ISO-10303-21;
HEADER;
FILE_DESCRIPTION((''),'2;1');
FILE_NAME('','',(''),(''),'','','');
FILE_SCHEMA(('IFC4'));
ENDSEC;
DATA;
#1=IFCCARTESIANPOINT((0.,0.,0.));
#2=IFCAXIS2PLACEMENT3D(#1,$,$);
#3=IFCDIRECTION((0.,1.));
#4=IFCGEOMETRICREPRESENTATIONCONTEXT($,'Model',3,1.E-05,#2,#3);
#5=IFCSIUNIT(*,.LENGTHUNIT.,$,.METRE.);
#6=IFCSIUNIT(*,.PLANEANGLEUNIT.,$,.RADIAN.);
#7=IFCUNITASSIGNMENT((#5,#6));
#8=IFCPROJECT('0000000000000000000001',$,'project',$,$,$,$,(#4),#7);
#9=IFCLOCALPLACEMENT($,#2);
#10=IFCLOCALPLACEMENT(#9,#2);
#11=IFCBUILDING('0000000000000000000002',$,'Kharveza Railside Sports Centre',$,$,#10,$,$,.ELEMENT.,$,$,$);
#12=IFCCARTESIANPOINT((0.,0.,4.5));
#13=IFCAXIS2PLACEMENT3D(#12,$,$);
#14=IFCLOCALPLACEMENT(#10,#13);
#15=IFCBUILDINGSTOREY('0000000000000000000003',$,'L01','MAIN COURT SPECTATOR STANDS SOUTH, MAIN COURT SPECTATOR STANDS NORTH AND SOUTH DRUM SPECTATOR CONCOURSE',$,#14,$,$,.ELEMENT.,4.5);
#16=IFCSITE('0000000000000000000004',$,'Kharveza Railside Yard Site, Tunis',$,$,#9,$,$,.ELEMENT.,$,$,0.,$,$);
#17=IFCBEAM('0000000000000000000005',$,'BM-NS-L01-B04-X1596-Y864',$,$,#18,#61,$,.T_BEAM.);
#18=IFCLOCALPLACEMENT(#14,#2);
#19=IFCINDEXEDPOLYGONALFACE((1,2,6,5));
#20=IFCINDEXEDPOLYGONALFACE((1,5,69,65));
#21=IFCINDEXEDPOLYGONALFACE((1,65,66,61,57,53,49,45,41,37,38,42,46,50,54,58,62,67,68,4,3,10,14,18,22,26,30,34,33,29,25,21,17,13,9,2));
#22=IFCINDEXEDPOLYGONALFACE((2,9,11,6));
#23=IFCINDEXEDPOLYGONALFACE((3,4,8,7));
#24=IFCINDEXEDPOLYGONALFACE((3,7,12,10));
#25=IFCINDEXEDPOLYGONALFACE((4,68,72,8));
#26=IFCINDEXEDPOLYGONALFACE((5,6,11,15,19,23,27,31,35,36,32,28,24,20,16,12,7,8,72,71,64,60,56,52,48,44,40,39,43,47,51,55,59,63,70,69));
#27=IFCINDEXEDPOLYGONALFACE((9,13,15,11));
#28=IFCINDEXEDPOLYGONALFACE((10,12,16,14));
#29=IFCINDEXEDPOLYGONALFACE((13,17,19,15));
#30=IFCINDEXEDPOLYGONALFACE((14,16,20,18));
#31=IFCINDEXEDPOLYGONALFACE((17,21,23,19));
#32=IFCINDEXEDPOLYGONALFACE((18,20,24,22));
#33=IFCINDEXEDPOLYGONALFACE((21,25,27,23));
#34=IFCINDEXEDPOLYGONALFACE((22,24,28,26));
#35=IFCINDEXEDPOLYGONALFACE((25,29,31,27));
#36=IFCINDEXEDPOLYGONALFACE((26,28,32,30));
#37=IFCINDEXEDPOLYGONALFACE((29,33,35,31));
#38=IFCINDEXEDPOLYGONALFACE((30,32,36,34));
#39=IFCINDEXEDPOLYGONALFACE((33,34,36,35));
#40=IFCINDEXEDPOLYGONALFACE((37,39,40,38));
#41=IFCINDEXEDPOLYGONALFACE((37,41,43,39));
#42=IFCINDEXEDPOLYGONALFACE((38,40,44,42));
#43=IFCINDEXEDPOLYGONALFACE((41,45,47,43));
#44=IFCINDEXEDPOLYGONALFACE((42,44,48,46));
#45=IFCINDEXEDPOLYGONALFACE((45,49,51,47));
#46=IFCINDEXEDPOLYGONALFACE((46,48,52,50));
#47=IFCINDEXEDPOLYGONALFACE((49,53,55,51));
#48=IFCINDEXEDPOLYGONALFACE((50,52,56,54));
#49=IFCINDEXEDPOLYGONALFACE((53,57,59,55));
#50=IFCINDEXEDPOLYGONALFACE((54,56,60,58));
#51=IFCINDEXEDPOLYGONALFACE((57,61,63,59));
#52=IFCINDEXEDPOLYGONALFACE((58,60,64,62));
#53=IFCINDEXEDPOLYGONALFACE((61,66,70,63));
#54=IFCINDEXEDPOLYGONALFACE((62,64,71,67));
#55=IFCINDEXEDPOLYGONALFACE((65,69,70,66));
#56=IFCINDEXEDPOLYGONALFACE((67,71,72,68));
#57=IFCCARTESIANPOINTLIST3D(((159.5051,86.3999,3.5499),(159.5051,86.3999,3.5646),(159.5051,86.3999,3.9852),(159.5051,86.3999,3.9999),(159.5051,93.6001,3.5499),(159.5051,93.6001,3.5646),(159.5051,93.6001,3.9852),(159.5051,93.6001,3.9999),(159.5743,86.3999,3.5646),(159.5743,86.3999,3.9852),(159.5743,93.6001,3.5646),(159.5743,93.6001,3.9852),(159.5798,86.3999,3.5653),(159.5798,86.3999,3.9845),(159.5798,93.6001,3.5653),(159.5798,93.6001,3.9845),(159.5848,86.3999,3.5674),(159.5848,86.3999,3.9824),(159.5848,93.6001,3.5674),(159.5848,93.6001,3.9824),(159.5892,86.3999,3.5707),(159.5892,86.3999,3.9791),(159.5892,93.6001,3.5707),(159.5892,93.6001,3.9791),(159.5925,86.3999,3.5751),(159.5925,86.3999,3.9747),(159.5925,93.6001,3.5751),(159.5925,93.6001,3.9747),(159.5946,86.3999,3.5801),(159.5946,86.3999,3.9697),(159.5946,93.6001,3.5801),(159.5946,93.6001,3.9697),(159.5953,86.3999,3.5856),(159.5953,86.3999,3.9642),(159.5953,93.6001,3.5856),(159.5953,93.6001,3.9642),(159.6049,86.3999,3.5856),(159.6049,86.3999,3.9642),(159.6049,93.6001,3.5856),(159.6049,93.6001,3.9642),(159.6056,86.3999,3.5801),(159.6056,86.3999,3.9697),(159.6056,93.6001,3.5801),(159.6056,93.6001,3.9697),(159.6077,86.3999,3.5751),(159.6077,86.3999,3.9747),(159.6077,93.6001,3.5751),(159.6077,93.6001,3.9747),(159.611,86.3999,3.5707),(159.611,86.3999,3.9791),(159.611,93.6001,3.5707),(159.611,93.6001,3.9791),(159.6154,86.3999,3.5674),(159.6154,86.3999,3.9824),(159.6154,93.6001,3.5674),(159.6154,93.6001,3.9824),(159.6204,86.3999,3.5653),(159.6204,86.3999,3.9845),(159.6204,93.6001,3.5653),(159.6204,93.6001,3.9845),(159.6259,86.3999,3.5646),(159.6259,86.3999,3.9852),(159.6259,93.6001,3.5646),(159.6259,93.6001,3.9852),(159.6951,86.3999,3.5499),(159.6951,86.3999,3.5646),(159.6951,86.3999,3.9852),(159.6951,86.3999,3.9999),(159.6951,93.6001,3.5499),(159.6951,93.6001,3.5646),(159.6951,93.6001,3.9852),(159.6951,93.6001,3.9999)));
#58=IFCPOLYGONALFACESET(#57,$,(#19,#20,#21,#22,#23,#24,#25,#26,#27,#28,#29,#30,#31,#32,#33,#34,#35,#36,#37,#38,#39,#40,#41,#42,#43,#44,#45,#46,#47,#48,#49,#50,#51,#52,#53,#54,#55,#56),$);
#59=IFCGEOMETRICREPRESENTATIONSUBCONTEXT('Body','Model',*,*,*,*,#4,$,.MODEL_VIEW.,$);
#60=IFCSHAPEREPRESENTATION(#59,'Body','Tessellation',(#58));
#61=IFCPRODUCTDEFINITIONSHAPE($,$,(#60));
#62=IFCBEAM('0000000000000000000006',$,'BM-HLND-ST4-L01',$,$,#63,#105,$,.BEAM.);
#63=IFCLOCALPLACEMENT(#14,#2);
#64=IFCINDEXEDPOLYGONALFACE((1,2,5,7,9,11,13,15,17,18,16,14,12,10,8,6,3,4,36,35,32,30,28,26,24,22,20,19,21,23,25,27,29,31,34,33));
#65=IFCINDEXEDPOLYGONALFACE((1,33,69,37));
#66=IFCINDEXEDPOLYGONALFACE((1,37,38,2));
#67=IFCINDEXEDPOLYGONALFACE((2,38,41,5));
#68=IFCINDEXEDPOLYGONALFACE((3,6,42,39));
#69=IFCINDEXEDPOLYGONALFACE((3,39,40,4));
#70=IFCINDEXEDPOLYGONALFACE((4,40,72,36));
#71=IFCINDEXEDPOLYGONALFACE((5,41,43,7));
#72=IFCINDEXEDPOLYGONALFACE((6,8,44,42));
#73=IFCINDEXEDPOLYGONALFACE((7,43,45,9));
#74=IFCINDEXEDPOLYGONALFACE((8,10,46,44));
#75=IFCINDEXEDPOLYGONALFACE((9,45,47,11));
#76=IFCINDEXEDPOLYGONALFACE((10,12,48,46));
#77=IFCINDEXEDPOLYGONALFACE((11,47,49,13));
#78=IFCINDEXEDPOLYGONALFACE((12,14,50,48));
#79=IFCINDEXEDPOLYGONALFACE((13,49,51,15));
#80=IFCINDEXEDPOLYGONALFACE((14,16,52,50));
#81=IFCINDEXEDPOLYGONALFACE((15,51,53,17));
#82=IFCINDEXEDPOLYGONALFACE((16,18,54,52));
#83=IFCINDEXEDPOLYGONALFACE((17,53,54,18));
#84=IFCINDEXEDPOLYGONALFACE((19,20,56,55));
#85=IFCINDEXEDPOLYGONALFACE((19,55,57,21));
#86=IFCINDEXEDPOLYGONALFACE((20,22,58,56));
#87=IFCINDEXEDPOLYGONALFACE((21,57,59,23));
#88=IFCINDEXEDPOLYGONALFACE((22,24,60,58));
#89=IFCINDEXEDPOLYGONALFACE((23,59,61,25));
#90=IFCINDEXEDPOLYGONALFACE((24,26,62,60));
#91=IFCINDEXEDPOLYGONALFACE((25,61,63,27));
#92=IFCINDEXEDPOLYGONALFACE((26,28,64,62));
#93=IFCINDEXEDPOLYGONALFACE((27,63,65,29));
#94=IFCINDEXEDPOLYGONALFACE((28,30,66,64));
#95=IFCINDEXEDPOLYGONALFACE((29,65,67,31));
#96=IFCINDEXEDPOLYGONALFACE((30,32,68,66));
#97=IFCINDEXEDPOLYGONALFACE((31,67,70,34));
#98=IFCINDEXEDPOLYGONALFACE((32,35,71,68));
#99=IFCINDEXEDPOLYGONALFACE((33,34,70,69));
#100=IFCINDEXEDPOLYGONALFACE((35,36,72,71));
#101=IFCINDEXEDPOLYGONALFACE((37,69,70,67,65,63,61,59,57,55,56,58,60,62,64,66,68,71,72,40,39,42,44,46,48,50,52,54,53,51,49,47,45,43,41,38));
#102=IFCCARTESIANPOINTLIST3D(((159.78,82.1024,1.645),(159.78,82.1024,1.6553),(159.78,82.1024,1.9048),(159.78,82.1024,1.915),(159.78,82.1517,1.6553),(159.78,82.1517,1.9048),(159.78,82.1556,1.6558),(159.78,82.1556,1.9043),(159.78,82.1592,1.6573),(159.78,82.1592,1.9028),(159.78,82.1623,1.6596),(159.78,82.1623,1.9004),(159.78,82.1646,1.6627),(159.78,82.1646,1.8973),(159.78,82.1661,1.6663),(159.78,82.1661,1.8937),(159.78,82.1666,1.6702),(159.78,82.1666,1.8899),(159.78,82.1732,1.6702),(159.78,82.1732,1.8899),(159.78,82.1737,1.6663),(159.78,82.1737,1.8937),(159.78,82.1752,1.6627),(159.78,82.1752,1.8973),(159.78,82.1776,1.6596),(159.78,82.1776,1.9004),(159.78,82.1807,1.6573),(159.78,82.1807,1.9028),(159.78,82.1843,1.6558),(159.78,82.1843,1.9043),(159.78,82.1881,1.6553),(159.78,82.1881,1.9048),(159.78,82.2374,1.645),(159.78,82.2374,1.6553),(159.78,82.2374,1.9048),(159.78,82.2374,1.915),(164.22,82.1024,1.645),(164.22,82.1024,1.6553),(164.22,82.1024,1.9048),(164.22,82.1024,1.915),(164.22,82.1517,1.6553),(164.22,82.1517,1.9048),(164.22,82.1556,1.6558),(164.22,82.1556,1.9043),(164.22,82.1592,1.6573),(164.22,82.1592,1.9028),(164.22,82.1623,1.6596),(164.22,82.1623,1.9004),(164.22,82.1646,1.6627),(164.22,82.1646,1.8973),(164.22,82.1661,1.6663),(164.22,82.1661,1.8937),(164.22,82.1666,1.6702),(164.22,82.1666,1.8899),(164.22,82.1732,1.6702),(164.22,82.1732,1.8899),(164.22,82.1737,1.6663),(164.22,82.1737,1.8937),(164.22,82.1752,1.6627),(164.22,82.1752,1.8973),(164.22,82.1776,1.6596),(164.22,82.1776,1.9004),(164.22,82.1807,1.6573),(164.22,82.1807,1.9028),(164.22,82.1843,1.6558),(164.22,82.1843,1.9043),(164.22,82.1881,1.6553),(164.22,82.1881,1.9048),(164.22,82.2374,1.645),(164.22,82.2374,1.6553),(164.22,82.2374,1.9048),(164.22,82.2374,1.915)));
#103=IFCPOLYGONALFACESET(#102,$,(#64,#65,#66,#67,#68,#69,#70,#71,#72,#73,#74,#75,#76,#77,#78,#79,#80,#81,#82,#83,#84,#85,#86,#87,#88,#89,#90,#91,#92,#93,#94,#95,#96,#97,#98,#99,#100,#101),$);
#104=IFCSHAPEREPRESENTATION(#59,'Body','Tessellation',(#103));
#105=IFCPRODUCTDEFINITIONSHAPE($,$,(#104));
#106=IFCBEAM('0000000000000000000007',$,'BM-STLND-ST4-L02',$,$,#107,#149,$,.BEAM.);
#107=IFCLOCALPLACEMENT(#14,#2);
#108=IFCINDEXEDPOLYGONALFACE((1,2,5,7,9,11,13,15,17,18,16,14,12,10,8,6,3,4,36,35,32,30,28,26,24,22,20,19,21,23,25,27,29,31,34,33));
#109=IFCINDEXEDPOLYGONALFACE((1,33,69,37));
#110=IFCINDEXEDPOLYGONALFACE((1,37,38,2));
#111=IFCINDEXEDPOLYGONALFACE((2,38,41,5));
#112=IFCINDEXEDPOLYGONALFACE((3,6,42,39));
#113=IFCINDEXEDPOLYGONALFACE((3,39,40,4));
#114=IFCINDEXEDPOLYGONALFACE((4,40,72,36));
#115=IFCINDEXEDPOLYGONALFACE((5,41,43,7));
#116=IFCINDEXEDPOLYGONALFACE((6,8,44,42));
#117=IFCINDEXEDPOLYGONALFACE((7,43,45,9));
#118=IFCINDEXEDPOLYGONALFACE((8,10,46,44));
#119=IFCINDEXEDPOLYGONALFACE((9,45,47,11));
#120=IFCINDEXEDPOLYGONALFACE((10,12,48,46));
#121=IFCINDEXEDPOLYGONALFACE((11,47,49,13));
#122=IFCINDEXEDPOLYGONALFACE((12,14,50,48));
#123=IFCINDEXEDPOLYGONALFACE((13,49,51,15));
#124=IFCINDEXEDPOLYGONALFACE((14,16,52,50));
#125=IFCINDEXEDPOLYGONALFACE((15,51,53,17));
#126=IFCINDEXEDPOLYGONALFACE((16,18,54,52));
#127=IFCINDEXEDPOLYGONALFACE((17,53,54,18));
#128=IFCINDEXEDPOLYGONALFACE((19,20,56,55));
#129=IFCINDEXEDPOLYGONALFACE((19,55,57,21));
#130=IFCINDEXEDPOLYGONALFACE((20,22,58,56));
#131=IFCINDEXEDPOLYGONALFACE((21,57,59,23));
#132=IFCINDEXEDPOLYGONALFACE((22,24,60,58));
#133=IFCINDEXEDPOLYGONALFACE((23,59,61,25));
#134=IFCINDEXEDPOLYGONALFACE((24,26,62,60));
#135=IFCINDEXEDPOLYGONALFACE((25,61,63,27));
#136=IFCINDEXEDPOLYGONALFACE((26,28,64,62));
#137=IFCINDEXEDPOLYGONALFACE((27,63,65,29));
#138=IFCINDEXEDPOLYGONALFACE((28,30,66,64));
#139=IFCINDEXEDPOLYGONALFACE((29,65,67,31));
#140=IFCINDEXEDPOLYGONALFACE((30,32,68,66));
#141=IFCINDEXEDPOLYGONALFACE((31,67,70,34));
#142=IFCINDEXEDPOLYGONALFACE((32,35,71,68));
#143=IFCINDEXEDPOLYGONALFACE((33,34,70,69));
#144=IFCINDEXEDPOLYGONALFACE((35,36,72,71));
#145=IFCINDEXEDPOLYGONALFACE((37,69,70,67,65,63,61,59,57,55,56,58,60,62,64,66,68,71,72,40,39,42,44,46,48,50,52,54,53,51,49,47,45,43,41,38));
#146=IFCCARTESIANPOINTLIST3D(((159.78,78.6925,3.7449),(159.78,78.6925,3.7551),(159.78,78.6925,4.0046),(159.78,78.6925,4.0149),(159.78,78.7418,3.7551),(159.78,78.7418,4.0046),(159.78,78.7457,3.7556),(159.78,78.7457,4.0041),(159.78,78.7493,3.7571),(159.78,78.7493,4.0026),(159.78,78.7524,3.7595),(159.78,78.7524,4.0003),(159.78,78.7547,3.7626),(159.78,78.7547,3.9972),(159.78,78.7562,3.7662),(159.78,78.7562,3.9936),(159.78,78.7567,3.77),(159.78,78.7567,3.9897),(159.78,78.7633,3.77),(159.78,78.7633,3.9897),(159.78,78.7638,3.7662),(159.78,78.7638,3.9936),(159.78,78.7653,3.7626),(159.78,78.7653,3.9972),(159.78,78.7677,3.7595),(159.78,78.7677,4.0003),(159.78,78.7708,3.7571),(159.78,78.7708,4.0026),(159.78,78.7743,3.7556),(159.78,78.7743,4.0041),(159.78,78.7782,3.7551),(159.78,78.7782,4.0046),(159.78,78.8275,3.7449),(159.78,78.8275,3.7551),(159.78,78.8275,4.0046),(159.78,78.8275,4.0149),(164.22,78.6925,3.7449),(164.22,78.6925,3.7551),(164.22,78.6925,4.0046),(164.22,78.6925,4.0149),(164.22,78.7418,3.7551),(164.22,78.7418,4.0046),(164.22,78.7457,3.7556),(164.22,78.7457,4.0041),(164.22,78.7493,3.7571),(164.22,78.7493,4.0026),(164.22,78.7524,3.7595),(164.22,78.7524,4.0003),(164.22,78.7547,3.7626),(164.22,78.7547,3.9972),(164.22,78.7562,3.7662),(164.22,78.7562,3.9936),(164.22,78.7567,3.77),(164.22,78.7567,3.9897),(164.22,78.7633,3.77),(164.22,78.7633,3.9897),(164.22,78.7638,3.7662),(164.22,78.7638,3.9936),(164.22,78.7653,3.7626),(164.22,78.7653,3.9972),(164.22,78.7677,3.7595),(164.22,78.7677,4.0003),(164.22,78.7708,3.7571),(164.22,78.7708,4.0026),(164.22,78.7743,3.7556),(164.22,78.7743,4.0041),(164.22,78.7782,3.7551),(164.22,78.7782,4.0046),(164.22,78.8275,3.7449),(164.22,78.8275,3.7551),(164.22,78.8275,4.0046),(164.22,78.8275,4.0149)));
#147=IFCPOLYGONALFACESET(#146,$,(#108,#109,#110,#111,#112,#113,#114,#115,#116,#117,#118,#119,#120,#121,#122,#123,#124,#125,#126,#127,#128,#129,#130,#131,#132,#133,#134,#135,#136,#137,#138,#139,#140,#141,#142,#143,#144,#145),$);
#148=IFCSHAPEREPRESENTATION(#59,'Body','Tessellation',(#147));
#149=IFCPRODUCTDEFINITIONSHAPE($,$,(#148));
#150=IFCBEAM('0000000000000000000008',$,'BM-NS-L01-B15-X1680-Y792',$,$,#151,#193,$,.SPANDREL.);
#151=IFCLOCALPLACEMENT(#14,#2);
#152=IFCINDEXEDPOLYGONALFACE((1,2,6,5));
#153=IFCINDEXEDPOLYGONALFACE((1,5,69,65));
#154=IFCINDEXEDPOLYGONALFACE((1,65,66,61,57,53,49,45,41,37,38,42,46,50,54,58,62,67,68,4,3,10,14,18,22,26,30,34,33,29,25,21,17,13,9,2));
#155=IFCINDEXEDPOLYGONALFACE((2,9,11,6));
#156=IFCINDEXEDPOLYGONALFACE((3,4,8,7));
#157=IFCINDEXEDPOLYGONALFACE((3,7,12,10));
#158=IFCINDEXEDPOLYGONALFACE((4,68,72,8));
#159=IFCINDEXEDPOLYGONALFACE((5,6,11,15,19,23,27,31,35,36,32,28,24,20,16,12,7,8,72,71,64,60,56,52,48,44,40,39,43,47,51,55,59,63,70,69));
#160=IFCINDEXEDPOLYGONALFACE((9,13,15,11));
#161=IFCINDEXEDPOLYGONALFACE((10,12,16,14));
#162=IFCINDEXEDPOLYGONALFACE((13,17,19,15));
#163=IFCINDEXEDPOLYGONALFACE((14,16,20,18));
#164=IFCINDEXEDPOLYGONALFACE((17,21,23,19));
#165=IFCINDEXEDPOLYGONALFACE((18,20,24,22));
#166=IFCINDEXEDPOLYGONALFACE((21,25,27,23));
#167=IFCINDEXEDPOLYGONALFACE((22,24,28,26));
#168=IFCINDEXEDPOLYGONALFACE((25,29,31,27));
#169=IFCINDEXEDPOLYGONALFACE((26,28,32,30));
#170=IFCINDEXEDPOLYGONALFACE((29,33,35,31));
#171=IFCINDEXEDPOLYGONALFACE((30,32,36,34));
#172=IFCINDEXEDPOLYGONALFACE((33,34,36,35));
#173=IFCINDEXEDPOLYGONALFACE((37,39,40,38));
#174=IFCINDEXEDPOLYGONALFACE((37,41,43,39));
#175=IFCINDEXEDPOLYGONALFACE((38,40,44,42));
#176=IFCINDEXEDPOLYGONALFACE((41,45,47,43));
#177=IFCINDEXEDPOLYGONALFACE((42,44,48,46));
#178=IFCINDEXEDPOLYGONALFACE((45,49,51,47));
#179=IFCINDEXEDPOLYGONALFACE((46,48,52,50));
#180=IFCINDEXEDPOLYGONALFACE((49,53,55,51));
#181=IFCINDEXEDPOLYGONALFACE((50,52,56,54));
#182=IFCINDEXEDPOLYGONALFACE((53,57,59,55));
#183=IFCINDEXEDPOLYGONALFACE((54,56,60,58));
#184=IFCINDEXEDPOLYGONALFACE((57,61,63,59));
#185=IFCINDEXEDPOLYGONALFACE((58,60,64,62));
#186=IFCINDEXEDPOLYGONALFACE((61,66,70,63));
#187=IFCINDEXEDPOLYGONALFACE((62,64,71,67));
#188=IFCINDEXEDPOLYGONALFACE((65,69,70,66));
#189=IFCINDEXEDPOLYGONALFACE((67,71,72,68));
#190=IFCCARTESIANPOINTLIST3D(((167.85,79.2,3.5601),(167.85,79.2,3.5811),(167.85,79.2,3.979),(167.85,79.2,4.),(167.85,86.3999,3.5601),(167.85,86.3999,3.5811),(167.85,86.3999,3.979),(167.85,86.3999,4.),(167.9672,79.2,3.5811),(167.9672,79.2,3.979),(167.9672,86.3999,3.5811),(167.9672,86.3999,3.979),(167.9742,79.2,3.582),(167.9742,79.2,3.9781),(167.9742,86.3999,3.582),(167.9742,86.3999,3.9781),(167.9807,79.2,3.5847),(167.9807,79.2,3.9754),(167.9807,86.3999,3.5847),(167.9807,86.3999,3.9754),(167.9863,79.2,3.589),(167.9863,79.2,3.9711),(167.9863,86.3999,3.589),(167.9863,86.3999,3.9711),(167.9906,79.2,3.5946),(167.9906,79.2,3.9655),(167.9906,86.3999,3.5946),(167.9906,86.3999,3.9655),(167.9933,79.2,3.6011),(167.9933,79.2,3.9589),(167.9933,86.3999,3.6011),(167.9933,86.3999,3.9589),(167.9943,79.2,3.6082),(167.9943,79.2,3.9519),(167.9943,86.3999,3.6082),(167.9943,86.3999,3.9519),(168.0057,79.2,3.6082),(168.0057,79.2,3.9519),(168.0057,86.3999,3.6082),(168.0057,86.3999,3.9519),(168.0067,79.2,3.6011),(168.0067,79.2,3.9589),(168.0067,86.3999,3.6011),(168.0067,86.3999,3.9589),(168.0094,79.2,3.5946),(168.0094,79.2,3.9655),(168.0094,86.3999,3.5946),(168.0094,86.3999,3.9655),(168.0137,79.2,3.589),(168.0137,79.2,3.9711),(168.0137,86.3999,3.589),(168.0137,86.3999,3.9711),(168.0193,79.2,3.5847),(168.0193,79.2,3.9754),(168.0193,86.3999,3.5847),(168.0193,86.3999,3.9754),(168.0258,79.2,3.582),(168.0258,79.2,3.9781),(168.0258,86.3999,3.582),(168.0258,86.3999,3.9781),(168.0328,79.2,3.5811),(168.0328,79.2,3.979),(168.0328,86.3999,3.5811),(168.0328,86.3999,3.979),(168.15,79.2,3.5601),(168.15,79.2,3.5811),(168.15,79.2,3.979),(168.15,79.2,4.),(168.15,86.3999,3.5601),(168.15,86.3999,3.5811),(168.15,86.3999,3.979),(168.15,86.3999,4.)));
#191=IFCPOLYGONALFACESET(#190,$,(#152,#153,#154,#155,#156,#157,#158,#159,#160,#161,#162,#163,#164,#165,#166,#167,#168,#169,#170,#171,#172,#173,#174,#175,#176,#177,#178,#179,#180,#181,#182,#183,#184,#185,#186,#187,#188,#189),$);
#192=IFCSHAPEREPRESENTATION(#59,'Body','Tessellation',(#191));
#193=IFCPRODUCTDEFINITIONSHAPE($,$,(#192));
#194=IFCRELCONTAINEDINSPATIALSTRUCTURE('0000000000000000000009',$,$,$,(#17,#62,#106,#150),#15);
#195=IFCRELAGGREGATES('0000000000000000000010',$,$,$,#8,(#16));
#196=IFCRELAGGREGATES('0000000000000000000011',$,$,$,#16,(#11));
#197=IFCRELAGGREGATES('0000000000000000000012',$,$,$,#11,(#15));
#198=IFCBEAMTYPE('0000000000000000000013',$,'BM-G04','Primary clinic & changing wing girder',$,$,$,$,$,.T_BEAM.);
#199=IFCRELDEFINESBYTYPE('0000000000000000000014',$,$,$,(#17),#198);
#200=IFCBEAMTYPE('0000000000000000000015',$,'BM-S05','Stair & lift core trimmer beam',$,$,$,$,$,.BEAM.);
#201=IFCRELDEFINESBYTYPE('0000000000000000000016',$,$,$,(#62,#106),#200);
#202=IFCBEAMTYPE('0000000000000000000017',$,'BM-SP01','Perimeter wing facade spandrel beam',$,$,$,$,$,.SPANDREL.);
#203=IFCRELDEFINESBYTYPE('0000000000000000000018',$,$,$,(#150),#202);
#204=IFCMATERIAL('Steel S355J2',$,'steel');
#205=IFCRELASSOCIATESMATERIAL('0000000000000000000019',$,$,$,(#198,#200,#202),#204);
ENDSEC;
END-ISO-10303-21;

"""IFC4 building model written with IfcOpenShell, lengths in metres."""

from ifc_helpers import new_model, si_unit, direction, frame, origin, origin_2d, place, context, subcontext, project, spatial, i_section, extrude, material, material_profile, profile_set, type_object, element, save


model = new_model("IFC4")

# Units and contexts
model_context = context("Model", 3, precision=1e-05, world=origin(), true_north=direction((0.0, 1.0)))
body_context = subcontext(model_context, "Body", "Model", "MODEL_VIEW")
ifc_project = project(units=[si_unit("LENGTHUNIT", "METRE"), si_unit("PLANEANGLEUNIT", "RADIAN")], contexts=[model_context])

# Site, building, storey
site_placement = place(None, origin())
site = spatial("IfcSite", under=ifc_project, at=site_placement, Name="Kharveza Railside Yard Site, Tunis", CompositionType="ELEMENT", RefElevation=0.0)
building_placement = place(site_placement, origin())
building = spatial("IfcBuilding", under=site, at=building_placement, Name="Kharveza Railside Sports Centre", CompositionType="ELEMENT")
storey_placement = place(building_placement, frame((0.0, 0.0, 4.5)))
storey = spatial("IfcBuildingStorey", under=building, at=storey_placement, Name="L01", Description="MAIN COURT SPECTATOR STANDS SOUTH, MAIN COURT SPECTATOR STANDS NORTH AND SOUTH DRUM SPECTATOR CONCOURSE", CompositionType="ELEMENT", Elevation=4.5)

# Shared definitions
ifc_material_1 = material(Name="Steel S355J2", Category="steel")

# Beams
ifc_material_profile_1 = material_profile(ifc_material_1, i_section(OverallWidth=0.1899, OverallDepth=0.45, WebThickness=0.0095, FlangeThickness=0.0146, FilletRadius=0.021, at=origin_2d()), Name="IPE 450")
ifc_profile_set_1 = profile_set([ifc_material_profile_1], Name="Steel S355J2")
beam_type_1 = type_object("IfcBeamType", Name="BM-G04", Description="Primary clinic & changing wing girder", PredefinedType="T_BEAM", material=ifc_profile_set_1)
beam_1_placement = place(storey_placement, frame((159.6001, 86.3999, 3.7749), z_axis=(0.0, 1.0, 0.0), x_axis=(-1.0, 0.0, 0.0)))
element("IfcBeam", 1, at=beam_1_placement, inside=storey, type_object=beam_type_1, Name="BM-NS-L01-B04-X1596-Y864", PredefinedType="T_BEAM", context=body_context, shape_type="SweptSolid", body=[
    extrude(i_section(OverallWidth=0.1899, OverallDepth=0.45, WebThickness=0.0095, FlangeThickness=0.0146, FilletRadius=0.021, at=origin_2d()), origin(), (0.0, 0.0, 1.0), 7.2002),
])
ifc_material_profile_2 = material_profile(ifc_material_1, i_section(OverallWidth=0.135, OverallDepth=0.27, WebThickness=0.0066, FlangeThickness=0.0103, FilletRadius=0.0149, at=origin_2d()), Name="IPE 270")
ifc_profile_set_2 = profile_set([ifc_material_profile_2], Name="Steel S355J2")
beam_type_2 = type_object("IfcBeamType", Name="BM-S05", Description="Stair & lift core trimmer beam", PredefinedType="BEAM", material=ifc_profile_set_2)
for number, where, z_axis, x_axis, name in (
    (2, (159.78, 82.1699, 1.78), (1.0, 0.0, 0.0), (0.0, 1.0, 0.0), "BM-HLND-ST4-L01"),
    (3, (159.78, 78.76, 3.8799), (1.0, 0.0, 0.0), (0.0, 1.0, 0.0), "BM-STLND-ST4-L02"),
):
    element("IfcBeam", number, at=place(storey_placement, frame(where, z_axis=z_axis, x_axis=x_axis)), inside=storey, type_object=beam_type_2, Name=name, PredefinedType="BEAM", context=body_context, shape_type="SweptSolid", body=[
        extrude(i_section(OverallWidth=0.135, OverallDepth=0.27, WebThickness=0.0066, FlangeThickness=0.0103, FilletRadius=0.0149, at=origin_2d()), origin(), (0.0, 0.0, 1.0), 4.4399),
    ])
ifc_material_profile_3 = material_profile(ifc_material_1, i_section(OverallWidth=0.3, OverallDepth=0.4399, WebThickness=0.0115, FlangeThickness=0.021, FilletRadius=0.0271, at=origin_2d()), Name="HEA 450")
ifc_profile_set_3 = profile_set([ifc_material_profile_3], Name="Steel S355J2")
beam_type_3 = type_object("IfcBeamType", Name="BM-SP01", Description="Perimeter wing facade spandrel beam", PredefinedType="SPANDREL", material=ifc_profile_set_3)
beam_2_placement = place(storey_placement, frame((168.0, 79.2, 3.78), z_axis=(0.0, 1.0, 0.0), x_axis=(-1.0, 0.0, 0.0)))
element("IfcBeam", 4, at=beam_2_placement, inside=storey, type_object=beam_type_3, Name="BM-NS-L01-B15-X1680-Y792", PredefinedType="SPANDREL", context=body_context, shape_type="SweptSolid", body=[
    extrude(i_section(OverallWidth=0.3, OverallDepth=0.4399, WebThickness=0.0115, FlangeThickness=0.021, FilletRadius=0.0271, at=origin_2d()), origin(), (0.0, 0.0, 1.0), 7.2),
])

save(model, "model.ifc")
